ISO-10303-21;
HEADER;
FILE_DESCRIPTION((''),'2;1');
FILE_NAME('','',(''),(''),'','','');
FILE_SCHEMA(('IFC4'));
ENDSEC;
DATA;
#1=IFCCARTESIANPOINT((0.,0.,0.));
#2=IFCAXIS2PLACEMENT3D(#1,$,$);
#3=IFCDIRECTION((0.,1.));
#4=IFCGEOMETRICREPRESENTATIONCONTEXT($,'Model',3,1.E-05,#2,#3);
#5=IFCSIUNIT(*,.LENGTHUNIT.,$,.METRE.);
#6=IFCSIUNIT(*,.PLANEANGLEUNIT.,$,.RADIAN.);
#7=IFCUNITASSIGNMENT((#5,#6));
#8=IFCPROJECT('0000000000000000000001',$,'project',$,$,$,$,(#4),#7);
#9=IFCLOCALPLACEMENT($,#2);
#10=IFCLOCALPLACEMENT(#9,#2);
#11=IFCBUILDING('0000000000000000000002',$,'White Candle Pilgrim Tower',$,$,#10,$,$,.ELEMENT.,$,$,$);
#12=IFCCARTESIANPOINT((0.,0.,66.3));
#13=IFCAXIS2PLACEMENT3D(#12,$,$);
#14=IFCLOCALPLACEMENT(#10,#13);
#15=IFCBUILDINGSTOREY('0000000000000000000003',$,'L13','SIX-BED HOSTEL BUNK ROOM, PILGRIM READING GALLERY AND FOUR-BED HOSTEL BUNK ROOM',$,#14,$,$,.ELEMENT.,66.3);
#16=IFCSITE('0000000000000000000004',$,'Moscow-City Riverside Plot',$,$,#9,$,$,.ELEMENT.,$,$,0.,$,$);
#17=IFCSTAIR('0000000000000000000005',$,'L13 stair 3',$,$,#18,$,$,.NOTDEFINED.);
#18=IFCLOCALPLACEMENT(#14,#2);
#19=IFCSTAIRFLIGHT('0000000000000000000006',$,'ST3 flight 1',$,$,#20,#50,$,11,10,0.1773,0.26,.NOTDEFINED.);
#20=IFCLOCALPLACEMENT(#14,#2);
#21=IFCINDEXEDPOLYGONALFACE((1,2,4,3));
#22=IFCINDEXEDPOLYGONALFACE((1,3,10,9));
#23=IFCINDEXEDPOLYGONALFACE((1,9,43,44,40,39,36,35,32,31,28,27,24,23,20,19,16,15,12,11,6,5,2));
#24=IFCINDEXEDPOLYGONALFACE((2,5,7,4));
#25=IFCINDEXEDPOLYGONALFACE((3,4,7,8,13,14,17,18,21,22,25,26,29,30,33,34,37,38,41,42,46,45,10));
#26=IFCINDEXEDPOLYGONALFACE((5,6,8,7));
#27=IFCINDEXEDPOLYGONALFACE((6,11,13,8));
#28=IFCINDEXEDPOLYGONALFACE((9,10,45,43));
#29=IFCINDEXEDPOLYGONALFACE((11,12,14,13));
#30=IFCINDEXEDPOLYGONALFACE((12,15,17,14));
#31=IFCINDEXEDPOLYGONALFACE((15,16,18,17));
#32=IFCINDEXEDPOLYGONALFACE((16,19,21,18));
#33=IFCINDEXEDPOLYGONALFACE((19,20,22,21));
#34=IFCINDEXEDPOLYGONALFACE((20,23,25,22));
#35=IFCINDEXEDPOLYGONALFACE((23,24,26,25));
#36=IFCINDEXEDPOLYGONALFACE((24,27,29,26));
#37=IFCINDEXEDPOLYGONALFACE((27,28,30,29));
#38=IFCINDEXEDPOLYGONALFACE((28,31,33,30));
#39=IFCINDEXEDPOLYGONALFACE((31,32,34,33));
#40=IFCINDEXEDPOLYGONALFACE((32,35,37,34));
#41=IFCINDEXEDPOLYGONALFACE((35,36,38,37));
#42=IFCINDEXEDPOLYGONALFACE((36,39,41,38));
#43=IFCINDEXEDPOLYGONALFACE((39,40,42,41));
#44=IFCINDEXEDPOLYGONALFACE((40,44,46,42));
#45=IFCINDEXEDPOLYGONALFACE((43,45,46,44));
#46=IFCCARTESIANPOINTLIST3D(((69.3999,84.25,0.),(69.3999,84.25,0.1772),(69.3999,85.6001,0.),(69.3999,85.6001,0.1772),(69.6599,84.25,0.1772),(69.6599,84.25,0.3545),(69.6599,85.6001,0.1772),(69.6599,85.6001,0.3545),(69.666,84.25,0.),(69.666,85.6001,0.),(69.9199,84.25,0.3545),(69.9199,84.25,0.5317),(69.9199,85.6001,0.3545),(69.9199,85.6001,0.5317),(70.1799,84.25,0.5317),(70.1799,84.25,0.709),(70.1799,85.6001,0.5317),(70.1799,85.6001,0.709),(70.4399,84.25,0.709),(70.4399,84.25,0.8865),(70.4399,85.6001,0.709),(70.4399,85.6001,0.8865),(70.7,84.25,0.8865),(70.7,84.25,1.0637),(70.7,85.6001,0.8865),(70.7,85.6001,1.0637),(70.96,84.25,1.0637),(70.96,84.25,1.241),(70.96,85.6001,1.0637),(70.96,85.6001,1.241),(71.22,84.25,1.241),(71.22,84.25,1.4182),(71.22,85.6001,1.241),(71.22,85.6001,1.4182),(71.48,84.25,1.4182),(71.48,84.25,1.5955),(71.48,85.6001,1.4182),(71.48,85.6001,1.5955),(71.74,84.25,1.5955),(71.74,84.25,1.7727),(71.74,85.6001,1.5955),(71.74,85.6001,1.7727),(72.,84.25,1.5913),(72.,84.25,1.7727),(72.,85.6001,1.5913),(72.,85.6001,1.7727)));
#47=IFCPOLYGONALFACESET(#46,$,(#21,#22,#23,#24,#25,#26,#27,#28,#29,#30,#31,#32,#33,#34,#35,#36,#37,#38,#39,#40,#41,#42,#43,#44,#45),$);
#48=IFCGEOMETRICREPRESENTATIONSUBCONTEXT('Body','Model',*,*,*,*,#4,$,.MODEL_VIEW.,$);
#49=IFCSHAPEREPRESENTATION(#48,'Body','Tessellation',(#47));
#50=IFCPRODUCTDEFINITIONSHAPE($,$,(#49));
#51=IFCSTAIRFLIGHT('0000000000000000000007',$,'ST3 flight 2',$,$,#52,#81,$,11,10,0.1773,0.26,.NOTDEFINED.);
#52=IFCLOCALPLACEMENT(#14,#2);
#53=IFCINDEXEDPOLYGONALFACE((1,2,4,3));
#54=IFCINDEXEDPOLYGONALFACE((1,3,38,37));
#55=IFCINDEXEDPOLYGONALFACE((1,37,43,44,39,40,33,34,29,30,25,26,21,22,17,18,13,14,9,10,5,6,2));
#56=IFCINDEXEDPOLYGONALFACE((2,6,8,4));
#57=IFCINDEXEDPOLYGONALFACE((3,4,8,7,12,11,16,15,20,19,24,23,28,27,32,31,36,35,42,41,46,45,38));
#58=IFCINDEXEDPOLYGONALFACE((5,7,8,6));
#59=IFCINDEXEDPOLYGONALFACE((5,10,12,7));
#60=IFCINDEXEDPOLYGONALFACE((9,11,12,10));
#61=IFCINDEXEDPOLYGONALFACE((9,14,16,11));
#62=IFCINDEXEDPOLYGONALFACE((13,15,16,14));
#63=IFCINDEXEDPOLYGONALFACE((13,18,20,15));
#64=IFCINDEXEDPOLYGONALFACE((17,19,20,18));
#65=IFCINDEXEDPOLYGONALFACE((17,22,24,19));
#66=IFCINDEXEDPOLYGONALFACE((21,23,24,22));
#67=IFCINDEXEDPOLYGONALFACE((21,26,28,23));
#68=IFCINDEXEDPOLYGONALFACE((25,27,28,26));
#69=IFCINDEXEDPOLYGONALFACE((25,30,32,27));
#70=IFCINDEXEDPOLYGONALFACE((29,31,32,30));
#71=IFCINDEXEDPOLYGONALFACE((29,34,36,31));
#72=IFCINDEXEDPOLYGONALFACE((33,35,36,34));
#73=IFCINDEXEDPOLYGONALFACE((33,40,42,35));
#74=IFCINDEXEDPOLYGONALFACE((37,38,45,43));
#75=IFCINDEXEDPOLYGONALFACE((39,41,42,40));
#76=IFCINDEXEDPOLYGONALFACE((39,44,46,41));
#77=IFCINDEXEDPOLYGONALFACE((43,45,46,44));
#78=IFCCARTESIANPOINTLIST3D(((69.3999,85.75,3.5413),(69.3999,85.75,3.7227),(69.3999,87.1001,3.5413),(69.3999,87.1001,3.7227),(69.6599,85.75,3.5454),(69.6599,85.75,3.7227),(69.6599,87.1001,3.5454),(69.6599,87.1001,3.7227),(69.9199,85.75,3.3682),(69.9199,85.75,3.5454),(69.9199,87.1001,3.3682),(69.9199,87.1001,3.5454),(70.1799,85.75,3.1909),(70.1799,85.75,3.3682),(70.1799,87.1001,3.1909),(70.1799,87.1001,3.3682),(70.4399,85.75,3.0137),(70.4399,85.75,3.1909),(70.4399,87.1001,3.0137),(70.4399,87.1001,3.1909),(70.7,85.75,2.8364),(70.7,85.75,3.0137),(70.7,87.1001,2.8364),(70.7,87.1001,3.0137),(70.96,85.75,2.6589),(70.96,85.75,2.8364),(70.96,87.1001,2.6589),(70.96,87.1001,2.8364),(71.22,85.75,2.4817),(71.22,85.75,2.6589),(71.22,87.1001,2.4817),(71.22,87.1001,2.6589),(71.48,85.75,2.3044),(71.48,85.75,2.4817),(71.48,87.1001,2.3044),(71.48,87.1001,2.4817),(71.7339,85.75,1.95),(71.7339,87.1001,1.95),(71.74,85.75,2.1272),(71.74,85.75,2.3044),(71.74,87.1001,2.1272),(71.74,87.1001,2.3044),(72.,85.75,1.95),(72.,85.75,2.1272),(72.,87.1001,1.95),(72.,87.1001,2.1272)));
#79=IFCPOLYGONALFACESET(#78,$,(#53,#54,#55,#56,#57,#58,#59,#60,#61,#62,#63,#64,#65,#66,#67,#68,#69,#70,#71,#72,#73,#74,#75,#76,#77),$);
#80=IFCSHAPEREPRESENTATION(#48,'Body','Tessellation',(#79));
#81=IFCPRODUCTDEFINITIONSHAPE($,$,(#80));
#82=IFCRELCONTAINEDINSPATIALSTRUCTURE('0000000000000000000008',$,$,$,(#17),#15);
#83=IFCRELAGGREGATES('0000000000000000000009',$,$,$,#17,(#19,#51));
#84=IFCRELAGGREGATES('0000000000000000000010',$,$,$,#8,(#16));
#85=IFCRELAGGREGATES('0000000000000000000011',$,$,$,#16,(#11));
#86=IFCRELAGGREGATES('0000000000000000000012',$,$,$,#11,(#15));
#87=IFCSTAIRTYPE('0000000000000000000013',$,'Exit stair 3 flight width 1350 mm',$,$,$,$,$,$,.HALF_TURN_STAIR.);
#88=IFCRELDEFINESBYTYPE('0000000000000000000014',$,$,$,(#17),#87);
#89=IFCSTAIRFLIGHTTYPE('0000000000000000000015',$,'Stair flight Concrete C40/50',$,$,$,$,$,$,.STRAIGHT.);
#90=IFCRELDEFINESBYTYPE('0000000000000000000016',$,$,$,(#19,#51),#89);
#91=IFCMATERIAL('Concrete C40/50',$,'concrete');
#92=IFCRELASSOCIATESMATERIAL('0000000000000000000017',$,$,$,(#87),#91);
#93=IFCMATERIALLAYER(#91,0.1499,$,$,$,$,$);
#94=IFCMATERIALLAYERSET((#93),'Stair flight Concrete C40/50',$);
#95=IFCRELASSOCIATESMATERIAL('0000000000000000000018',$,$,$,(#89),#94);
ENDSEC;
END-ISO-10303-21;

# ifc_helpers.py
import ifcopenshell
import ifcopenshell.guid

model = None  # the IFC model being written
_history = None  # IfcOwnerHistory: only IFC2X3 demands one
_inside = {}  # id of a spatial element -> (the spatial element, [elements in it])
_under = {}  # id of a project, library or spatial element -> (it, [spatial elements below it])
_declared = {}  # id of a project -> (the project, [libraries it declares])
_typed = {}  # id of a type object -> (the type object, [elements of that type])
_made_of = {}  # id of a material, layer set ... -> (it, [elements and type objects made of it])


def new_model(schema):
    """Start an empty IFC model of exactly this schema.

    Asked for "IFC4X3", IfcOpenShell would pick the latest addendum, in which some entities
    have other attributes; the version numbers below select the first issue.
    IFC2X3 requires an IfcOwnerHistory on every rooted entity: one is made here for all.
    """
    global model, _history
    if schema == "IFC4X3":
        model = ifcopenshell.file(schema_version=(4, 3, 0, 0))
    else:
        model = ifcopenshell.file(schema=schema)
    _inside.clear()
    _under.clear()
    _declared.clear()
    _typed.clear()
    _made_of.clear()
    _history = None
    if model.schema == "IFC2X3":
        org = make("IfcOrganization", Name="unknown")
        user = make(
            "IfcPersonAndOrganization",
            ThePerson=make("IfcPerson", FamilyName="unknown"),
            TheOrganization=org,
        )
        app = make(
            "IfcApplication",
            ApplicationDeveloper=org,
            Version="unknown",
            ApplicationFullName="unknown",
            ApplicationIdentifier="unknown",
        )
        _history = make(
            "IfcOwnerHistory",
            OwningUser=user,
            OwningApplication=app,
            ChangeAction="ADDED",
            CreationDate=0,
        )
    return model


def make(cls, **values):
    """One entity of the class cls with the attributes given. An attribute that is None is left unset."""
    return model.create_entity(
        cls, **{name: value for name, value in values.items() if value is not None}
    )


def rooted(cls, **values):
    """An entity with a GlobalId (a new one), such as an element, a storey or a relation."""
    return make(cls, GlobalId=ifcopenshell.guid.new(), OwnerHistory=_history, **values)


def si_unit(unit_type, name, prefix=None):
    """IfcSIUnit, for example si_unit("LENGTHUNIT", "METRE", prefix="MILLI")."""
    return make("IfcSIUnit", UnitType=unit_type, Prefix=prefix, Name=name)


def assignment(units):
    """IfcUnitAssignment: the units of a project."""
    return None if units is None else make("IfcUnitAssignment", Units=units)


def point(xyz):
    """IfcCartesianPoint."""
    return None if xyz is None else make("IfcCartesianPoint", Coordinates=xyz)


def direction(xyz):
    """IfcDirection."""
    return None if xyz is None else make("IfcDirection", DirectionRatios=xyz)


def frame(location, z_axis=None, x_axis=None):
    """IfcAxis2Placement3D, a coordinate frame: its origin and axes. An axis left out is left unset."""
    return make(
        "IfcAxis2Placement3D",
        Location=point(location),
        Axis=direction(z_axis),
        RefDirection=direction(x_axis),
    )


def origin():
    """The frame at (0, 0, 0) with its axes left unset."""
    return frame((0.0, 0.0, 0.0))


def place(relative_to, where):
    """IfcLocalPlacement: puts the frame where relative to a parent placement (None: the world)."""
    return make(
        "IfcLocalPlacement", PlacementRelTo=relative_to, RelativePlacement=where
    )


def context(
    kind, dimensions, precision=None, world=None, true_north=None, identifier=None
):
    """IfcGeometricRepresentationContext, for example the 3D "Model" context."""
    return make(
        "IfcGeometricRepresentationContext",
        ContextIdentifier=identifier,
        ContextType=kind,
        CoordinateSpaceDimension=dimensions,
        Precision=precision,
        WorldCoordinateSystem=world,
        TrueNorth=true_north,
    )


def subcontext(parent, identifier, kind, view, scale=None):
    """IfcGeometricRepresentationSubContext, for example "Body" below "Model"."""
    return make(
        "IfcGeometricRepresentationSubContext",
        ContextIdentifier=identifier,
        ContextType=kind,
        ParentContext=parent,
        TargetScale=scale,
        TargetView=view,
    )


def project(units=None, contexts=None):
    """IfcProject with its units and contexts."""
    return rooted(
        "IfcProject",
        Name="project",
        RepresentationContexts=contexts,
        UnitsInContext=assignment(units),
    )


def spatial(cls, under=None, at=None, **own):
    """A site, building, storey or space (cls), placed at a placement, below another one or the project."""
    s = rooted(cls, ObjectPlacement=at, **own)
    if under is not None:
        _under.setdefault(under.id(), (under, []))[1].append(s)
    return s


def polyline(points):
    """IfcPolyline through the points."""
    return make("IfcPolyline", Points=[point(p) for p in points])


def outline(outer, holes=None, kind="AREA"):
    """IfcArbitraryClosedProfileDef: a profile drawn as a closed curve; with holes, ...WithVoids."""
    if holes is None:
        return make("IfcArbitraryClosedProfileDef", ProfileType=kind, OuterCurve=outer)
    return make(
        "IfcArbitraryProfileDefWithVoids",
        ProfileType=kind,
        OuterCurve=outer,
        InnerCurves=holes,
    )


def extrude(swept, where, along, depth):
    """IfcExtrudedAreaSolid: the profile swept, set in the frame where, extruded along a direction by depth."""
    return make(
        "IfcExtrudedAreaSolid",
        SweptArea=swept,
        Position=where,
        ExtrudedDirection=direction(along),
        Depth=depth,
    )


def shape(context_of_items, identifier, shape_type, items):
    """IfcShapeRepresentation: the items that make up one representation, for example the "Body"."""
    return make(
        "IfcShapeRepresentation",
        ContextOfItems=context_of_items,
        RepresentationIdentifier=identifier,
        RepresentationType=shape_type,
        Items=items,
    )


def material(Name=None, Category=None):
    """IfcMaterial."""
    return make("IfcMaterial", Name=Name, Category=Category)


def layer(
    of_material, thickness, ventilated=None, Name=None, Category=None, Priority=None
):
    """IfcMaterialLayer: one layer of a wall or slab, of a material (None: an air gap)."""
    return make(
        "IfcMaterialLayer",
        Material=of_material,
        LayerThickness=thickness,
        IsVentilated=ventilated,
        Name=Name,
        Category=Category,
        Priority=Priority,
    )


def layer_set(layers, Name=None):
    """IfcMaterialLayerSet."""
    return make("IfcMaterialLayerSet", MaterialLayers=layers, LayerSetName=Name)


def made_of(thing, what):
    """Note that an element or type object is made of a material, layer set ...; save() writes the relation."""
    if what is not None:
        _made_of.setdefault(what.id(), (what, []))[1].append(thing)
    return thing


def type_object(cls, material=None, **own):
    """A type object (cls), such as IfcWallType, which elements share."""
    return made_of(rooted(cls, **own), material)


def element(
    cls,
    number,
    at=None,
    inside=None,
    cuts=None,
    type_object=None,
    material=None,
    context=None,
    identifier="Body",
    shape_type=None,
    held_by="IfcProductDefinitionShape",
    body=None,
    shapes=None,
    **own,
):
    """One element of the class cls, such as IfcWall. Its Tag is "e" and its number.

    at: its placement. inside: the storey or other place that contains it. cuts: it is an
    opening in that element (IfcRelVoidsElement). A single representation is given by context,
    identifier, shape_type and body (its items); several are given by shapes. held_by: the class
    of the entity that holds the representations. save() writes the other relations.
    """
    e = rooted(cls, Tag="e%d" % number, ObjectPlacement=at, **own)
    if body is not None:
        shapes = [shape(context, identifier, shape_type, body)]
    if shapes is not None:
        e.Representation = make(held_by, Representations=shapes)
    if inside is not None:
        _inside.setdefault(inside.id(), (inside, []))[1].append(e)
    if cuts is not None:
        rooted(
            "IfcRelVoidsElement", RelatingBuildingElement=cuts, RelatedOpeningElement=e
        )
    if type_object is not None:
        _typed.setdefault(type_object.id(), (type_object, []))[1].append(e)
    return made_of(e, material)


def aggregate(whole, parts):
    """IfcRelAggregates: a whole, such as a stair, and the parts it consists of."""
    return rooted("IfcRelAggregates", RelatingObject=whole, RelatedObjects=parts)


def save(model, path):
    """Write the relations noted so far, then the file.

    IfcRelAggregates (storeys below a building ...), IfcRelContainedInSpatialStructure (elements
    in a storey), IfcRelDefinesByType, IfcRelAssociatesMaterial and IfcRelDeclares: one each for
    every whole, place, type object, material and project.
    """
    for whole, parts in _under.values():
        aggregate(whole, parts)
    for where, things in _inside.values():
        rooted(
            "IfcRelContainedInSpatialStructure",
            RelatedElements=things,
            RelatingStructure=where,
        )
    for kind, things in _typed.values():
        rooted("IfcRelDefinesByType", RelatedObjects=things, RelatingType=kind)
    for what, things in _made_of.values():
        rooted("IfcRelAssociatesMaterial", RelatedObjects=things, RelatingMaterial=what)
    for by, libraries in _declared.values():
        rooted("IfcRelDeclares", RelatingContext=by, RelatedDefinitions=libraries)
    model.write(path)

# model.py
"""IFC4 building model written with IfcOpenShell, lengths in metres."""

from ifc_helpers import new_model, si_unit, direction, frame, origin, place, context, subcontext, project, spatial, polyline, outline, extrude, material, layer, layer_set, type_object, element, aggregate, save


model = new_model("IFC4")

# Units and contexts
model_context = context("Model", 3, precision=1e-05, world=origin(), true_north=direction((0.0, 1.0)))
body_context = subcontext(model_context, "Body", "Model", "MODEL_VIEW")
ifc_project = project(units=[si_unit("LENGTHUNIT", "METRE"), si_unit("PLANEANGLEUNIT", "RADIAN")], contexts=[model_context])

# Site, building, storey
site_placement = place(None, origin())
site = spatial("IfcSite", under=ifc_project, at=site_placement, Name="Moscow-City Riverside Plot", CompositionType="ELEMENT", RefElevation=0.0)
building_placement = place(site_placement, origin())
building = spatial("IfcBuilding", under=site, at=building_placement, Name="White Candle Pilgrim Tower", CompositionType="ELEMENT")
storey_placement = place(building_placement, frame((0.0, 0.0, 66.3)))
storey = spatial("IfcBuildingStorey", under=building, at=storey_placement, Name="L13", Description="SIX-BED HOSTEL BUNK ROOM, PILGRIM READING GALLERY AND FOUR-BED HOSTEL BUNK ROOM", CompositionType="ELEMENT", Elevation=66.3)

# Stair, stair flights
ifc_material_1 = material(Name="Concrete C40/50", Category="concrete")
stair_type = type_object("IfcStairType", Name="Exit stair 3 flight width 1350 mm", PredefinedType="HALF_TURN_STAIR", material=ifc_material_1)
stair_placement = place(storey_placement, origin())
stair = element("IfcStair", 1, at=stair_placement, inside=storey, type_object=stair_type, Name="L13 stair 3", PredefinedType="NOTDEFINED")
ifc_layer_1 = layer(ifc_material_1, 0.1499)
ifc_layer_set_1 = layer_set([ifc_layer_1], Name="Stair flight Concrete C40/50")
stair_flight_type = type_object("IfcStairFlightType", Name="Stair flight Concrete C40/50", PredefinedType="STRAIGHT", material=ifc_layer_set_1)
stair_flight_1_placement = place(storey_placement, frame((69.3999, 84.925, 0.0), z_axis=(0.0, 0.0, 1.0), x_axis=(1.0, 0.0, 0.0)))
stair_flight_1 = element("IfcStairFlight", 2, at=stair_flight_1_placement, type_object=stair_flight_type, Name="ST3 flight 1", NumberOfRisers=11, NumberOfTreads=10, PredefinedType="NOTDEFINED", RiserHeight=0.1773, TreadLength=0.26, context=body_context, shape_type="SweptSolid", body=[
    extrude(outline(polyline([(0.0, 0.0), (0.0, 0.1772), (0.26, 0.1772), (0.26, 0.3545), (0.52, 0.3545), (0.52, 0.5317), (0.78, 0.5317), (0.78, 0.709), (1.04, 0.709), (1.04, 0.8865), (1.3, 0.8865), (1.3, 1.0637), (1.5601, 1.0637), (1.5601, 1.241), (1.8201, 1.241), (1.8201, 1.4182), (2.0801, 1.4182), (2.0801, 1.5955), (2.3401, 1.5955), (2.3401, 1.7727), (2.6001, 1.7727), (2.6001, 1.95), (2.6001, 1.5913), (0.2661, 0.0), (0.0, 0.0)])), frame((0.0, 0.675, 0.0), z_axis=(0.0, -1.0, 0.0), x_axis=(1.0, 0.0, 0.0)), (0.0, 0.0, 1.0), 1.3501),
])
stair_flight_2_placement = place(storey_placement, frame((72.0, 86.425, 1.95), z_axis=(0.0, 0.0, 1.0), x_axis=(-1.0, 0.0, 0.0)))
stair_flight_2 = element("IfcStairFlight", 3, at=stair_flight_2_placement, type_object=stair_flight_type, Name="ST3 flight 2", NumberOfRisers=11, NumberOfTreads=10, PredefinedType="NOTDEFINED", RiserHeight=0.1773, TreadLength=0.26, context=body_context, shape_type="SweptSolid", body=[
    extrude(outline(polyline([(0.0, 0.0), (0.0, 0.1772), (0.26, 0.1772), (0.26, 0.3545), (0.52, 0.3545), (0.52, 0.5317), (0.78, 0.5317), (0.78, 0.709), (1.04, 0.709), (1.04, 0.8865), (1.3, 0.8865), (1.3, 1.0637), (1.5601, 1.0637), (1.5601, 1.241), (1.8201, 1.241), (1.8201, 1.4182), (2.0801, 1.4182), (2.0801, 1.5955), (2.3401, 1.5955), (2.3401, 1.7727), (2.6001, 1.7727), (2.6001, 1.95), (2.6001, 1.5913), (0.2661, 0.0), (0.0, 0.0)])), frame((0.0, 0.675, 0.0), z_axis=(0.0, -1.0, 0.0), x_axis=(1.0, 0.0, 0.0)), (0.0, 0.0, 1.0), 1.3501),
])
aggregate(stair, [stair_flight_1, stair_flight_2])

save(model, "model.ifc")
